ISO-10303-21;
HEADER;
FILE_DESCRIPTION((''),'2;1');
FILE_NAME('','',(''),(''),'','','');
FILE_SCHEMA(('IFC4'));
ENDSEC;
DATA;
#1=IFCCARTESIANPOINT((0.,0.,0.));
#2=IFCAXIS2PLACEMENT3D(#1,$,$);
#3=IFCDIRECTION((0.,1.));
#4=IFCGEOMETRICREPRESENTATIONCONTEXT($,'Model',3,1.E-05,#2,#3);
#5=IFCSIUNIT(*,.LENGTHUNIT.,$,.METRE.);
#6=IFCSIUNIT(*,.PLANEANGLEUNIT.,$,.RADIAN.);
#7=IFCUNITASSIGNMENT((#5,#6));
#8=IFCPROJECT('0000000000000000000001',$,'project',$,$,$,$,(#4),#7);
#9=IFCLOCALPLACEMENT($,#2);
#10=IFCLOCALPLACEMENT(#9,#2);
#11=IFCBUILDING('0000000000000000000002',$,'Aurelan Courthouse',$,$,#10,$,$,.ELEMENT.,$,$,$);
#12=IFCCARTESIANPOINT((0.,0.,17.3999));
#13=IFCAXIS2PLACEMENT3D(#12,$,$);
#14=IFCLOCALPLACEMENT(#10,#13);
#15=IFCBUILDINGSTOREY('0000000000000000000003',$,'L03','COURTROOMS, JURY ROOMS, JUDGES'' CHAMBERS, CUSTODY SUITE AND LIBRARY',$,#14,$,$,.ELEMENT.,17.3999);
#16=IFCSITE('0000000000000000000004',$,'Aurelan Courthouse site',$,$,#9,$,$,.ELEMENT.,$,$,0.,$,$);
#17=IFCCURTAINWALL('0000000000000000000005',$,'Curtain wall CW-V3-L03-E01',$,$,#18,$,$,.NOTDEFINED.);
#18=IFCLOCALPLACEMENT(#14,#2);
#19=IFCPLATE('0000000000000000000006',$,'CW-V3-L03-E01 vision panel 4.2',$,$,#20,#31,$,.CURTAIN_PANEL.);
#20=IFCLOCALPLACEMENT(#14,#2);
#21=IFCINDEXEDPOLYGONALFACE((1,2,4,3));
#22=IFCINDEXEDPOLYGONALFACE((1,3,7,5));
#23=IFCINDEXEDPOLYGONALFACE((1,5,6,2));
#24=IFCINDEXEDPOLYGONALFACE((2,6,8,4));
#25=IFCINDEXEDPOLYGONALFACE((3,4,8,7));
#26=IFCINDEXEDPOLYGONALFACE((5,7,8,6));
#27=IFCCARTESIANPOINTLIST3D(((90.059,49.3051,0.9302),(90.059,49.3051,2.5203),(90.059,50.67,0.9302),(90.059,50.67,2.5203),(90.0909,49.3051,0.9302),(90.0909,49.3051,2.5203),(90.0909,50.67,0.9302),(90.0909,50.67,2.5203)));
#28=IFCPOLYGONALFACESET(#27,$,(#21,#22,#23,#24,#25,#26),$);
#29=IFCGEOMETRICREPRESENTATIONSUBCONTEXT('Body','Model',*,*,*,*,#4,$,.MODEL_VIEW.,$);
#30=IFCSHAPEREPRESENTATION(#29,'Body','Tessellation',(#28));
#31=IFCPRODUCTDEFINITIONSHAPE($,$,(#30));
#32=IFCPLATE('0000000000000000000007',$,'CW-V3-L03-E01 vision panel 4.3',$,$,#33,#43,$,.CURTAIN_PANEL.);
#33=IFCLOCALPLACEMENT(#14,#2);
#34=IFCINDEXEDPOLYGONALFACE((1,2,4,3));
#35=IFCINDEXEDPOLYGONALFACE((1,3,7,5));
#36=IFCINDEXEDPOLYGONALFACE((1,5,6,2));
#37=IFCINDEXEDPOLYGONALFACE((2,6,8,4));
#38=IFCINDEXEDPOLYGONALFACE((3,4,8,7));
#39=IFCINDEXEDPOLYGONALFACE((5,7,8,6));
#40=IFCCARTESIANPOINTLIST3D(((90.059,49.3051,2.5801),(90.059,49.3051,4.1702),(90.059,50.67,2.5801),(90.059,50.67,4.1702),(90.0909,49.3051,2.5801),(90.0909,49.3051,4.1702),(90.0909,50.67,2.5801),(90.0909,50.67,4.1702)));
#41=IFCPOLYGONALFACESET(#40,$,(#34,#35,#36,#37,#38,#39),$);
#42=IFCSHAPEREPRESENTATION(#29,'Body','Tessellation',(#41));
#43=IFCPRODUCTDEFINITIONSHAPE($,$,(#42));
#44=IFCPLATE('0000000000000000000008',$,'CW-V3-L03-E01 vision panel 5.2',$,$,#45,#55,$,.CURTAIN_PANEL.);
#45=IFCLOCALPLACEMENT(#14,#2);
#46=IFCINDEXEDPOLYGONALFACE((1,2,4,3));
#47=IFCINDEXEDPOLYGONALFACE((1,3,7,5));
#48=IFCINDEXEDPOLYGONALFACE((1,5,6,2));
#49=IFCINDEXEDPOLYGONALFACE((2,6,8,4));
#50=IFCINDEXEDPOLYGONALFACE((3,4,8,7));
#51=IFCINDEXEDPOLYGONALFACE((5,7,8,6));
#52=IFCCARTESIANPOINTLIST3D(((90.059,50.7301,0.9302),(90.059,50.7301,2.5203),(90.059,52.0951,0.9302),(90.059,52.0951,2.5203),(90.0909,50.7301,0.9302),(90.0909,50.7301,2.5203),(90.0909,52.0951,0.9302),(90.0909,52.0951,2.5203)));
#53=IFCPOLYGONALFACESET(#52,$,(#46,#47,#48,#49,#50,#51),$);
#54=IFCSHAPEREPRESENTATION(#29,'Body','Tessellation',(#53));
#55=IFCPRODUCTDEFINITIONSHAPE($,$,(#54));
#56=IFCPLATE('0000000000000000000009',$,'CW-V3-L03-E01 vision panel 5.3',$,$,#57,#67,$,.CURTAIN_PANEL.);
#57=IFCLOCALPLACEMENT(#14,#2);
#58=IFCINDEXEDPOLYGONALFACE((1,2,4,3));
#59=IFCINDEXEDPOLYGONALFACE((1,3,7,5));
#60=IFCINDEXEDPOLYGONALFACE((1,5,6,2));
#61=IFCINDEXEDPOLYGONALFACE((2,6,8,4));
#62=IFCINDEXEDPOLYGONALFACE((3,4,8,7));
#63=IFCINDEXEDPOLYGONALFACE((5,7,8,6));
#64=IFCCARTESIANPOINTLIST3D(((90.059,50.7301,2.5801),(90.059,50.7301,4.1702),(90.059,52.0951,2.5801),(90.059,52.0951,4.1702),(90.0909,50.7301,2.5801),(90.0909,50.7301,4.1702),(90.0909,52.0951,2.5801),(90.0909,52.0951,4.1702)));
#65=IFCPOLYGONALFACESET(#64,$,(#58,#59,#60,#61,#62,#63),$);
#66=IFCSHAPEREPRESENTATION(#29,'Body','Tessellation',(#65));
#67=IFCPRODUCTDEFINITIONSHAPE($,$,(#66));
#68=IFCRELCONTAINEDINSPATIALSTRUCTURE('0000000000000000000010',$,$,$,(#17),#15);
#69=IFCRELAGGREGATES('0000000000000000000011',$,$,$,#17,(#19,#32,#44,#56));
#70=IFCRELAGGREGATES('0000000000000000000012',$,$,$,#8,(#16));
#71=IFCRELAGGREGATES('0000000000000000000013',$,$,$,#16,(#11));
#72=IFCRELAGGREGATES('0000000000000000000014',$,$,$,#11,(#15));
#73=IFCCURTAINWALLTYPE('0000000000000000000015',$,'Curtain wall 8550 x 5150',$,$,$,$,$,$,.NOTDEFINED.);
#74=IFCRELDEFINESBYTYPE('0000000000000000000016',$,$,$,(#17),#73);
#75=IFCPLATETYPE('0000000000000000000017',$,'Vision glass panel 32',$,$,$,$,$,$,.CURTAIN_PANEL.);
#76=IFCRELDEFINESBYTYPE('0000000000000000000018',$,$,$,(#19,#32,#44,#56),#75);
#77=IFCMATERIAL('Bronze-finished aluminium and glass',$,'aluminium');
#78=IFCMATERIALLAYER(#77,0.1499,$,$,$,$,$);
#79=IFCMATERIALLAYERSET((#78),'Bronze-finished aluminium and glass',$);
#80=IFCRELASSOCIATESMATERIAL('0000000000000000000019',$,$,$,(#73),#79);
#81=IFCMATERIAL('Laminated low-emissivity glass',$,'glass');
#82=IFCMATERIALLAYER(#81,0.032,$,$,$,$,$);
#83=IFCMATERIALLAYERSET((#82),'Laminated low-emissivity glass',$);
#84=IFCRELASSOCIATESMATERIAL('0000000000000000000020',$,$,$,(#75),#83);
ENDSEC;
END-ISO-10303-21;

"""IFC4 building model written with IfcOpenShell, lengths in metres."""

from ifc_helpers import new_model, si_unit, direction, frame, origin, origin_2d, place, context, subcontext, project, spatial, rectangle, extrude, material, layer, layer_set, type_object, element, aggregate, save


model = new_model("IFC4")

# Units and contexts
model_context = context("Model", 3, precision=1e-05, world=origin(), true_north=direction((0.0, 1.0)))
body_context = subcontext(model_context, "Body", "Model", "MODEL_VIEW")
ifc_project = project(units=[si_unit("LENGTHUNIT", "METRE"), si_unit("PLANEANGLEUNIT", "RADIAN")], contexts=[model_context])

# Site, building, storey
site_placement = place(None, origin())
site = spatial("IfcSite", under=ifc_project, at=site_placement, Name="Aurelan Courthouse site", CompositionType="ELEMENT", RefElevation=0.0)
building_placement = place(site_placement, origin())
building = spatial("IfcBuilding", under=site, at=building_placement, Name="Aurelan Courthouse", CompositionType="ELEMENT")
storey_placement = place(building_placement, frame((0.0, 0.0, 17.3999)))
storey = spatial("IfcBuildingStorey", under=building, at=storey_placement, Name="L03", Description="COURTROOMS, JURY ROOMS, JUDGES' CHAMBERS, CUSTODY SUITE AND LIBRARY", CompositionType="ELEMENT", Elevation=17.3999)

# Curtain wall, plates
ifc_material_1 = material(Name="Bronze-finished aluminium and glass", Category="aluminium")
ifc_layer_1 = layer(ifc_material_1, 0.1499)
ifc_layer_set_1 = layer_set([ifc_layer_1], Name="Bronze-finished aluminium and glass")
curtain_wall_type = type_object("IfcCurtainWallType", Name="Curtain wall 8550 x 5150", PredefinedType="NOTDEFINED", material=ifc_layer_set_1)
curtain_wall_placement = place(storey_placement, origin())
curtain_wall = element("IfcCurtainWall", 1, at=curtain_wall_placement, inside=storey, type_object=curtain_wall_type, Name="Curtain wall CW-V3-L03-E01", PredefinedType="NOTDEFINED")
ifc_material_2 = material(Name="Laminated low-emissivity glass", Category="glass")
ifc_layer_2 = layer(ifc_material_2, 0.032)
ifc_layer_set_2 = layer_set([ifc_layer_2], Name="Laminated low-emissivity glass")
plate_type_1 = type_object("IfcPlateType", Name="Vision glass panel 32", PredefinedType="CURTAIN_PANEL", material=ifc_layer_set_2)
plate_1_placement = place(storey_placement, frame((90.075, 49.9875, 0.9302), z_axis=(0.0, 0.0, 1.0), x_axis=(0.0, 1.0, 0.0)))
plate_1 = element("IfcPlate", 2, at=plate_1_placement, type_object=plate_type_1, Name="CW-V3-L03-E01 vision panel 4.2", PredefinedType="CURTAIN_PANEL", context=body_context, shape_type="SweptSolid", body=[
    extrude(rectangle(XDim=1.365, YDim=0.032, at=origin_2d()), origin(), (0.0, 0.0, 1.0), 1.5901),
])
plate_2_placement = place(storey_placement, frame((90.075, 49.9875, 2.5801), z_axis=(0.0, 0.0, 1.0), x_axis=(0.0, 1.0, 0.0)))
plate_2 = element("IfcPlate", 3, at=plate_2_placement, type_object=plate_type_1, Name="CW-V3-L03-E01 vision panel 4.3", PredefinedType="CURTAIN_PANEL", context=body_context, shape_type="SweptSolid", body=[
    extrude(rectangle(XDim=1.365, YDim=0.032, at=origin_2d()), origin(), (0.0, 0.0, 1.0), 1.5901),
])
plate_3_placement = place(storey_placement, frame((90.075, 51.4126, 0.9302), z_axis=(0.0, 0.0, 1.0), x_axis=(0.0, 1.0, 0.0)))
plate_3 = element("IfcPlate", 4, at=plate_3_placement, type_object=plate_type_1, Name="CW-V3-L03-E01 vision panel 5.2", PredefinedType="CURTAIN_PANEL", context=body_context, shape_type="SweptSolid", body=[
    extrude(rectangle(XDim=1.365, YDim=0.032, at=origin_2d()), origin(), (0.0, 0.0, 1.0), 1.5901),
])
plate_4_placement = place(storey_placement, frame((90.075, 51.4126, 2.5801), z_axis=(0.0, 0.0, 1.0), x_axis=(0.0, 1.0, 0.0)))
plate_4 = element("IfcPlate", 5, at=plate_4_placement, type_object=plate_type_1, Name="CW-V3-L03-E01 vision panel 5.3", PredefinedType="CURTAIN_PANEL", context=body_context, shape_type="SweptSolid", body=[
    extrude(rectangle(XDim=1.365, YDim=0.032, at=origin_2d()), origin(), (0.0, 0.0, 1.0), 1.5901),
])
aggregate(curtain_wall, [plate_1, plate_2, plate_3, plate_4])

save(model, "model.ifc")
